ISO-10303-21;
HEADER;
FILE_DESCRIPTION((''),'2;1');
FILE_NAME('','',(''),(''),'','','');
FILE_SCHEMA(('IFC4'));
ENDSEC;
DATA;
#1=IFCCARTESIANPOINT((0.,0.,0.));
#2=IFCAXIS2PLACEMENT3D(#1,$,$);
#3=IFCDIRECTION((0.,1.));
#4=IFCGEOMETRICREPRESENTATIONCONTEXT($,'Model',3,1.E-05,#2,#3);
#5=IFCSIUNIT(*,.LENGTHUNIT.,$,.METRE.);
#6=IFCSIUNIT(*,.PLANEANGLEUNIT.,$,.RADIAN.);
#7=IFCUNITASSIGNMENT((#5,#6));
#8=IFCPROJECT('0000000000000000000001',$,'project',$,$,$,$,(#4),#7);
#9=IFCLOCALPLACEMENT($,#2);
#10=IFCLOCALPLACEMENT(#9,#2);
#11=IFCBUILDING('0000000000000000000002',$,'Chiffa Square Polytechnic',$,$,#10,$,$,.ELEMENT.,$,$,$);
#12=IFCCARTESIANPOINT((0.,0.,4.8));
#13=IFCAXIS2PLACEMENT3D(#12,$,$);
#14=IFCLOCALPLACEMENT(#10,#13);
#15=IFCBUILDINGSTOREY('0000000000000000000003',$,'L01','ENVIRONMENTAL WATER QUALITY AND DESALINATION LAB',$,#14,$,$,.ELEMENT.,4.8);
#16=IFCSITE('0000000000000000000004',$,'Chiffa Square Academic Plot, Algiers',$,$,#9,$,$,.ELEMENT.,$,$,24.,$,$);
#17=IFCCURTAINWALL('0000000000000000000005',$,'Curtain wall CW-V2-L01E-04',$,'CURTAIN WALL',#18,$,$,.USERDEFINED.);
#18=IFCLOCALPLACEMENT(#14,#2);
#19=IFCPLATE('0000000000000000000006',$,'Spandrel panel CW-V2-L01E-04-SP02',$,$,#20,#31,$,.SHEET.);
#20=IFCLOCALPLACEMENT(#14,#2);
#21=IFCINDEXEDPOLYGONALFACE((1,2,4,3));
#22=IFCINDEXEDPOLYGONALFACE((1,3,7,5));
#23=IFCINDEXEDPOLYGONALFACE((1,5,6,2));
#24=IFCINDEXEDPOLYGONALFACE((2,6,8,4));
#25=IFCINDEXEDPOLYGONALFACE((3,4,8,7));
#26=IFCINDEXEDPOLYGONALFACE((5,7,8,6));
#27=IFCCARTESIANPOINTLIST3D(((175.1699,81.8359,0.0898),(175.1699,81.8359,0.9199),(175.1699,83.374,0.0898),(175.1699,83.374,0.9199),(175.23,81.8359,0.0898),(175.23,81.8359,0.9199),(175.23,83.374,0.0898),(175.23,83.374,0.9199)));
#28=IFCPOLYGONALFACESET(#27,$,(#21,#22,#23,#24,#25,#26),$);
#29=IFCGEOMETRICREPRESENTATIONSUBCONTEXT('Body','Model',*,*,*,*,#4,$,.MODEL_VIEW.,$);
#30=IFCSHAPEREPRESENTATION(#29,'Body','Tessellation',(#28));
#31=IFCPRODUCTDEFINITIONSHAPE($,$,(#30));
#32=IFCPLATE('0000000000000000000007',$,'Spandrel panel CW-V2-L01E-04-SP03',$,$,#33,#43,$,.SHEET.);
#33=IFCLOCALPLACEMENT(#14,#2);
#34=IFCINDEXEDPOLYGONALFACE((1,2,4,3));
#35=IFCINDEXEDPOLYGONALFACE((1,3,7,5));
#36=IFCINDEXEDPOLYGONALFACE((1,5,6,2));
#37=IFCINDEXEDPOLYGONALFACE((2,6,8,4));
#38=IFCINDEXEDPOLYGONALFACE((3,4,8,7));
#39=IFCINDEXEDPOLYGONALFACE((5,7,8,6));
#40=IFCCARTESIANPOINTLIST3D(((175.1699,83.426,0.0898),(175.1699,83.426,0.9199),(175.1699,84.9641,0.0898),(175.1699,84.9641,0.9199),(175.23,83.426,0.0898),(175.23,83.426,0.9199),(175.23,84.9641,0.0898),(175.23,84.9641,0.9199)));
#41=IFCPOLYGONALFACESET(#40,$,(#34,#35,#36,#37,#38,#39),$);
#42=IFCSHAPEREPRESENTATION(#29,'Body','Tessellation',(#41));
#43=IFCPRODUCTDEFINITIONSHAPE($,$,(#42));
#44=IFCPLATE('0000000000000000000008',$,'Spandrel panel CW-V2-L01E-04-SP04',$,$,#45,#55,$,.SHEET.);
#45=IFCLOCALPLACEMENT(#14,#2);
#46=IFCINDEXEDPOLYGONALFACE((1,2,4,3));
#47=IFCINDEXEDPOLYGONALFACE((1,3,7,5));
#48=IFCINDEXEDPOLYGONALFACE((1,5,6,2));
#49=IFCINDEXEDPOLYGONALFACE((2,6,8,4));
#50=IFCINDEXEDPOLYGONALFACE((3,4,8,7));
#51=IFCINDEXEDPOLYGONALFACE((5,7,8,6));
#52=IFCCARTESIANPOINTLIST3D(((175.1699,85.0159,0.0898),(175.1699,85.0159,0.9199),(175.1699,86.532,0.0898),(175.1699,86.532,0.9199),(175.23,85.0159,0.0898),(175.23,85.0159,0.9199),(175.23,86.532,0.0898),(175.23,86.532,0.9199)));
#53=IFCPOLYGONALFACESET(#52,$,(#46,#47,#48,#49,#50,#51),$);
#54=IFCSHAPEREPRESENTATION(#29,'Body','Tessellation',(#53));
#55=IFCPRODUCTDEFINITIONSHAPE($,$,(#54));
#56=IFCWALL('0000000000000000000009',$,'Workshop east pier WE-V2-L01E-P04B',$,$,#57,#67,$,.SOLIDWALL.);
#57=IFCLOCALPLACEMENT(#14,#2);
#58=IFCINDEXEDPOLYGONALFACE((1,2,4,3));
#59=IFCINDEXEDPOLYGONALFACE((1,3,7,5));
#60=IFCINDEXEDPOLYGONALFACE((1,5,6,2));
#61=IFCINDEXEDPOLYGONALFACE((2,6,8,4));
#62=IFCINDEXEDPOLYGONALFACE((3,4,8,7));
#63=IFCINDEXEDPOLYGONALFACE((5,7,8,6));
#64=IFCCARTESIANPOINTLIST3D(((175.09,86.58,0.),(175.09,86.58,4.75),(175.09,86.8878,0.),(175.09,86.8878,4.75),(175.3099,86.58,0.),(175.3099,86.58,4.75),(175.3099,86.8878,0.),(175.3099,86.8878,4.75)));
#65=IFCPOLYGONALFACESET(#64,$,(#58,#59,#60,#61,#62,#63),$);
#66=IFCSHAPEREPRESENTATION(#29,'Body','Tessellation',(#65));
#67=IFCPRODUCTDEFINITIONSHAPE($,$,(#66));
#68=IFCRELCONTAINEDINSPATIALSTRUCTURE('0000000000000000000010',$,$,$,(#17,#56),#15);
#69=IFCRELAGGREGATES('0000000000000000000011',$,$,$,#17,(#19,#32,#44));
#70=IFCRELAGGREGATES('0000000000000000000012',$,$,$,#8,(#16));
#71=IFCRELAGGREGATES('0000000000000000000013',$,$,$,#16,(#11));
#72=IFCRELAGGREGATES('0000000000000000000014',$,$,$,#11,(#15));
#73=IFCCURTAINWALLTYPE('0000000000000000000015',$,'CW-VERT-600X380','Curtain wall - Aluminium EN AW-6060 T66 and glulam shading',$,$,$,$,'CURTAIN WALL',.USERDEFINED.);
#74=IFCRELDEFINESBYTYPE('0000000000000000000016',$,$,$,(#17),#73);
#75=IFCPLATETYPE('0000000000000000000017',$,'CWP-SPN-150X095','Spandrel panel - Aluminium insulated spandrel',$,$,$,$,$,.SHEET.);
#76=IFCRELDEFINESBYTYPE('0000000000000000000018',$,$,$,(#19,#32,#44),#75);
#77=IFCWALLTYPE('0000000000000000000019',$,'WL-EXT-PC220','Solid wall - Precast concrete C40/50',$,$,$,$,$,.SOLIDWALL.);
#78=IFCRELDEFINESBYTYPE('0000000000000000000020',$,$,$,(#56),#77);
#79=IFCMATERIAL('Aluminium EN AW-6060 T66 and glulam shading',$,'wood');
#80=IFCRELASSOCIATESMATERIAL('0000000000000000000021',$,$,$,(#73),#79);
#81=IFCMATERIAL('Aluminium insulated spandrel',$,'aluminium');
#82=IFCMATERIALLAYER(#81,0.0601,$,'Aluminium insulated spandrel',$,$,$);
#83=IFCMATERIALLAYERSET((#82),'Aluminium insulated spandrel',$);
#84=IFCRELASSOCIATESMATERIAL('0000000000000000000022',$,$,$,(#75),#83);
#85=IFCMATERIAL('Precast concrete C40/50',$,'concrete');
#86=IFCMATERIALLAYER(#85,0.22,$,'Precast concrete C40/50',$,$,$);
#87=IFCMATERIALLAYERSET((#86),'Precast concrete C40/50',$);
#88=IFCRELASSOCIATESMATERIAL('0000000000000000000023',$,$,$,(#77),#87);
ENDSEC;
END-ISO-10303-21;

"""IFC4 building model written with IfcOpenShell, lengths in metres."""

from ifc_helpers import new_model, si_unit, direction, frame, frame_2d, origin, origin_2d, place, context, subcontext, project, spatial, rectangle, extrude, material, layer, layer_set, type_object, element, aggregate, save


model = new_model("IFC4")

# Units and contexts
model_context = context("Model", 3, precision=1e-05, world=origin(), true_north=direction((0.0, 1.0)))
body_context = subcontext(model_context, "Body", "Model", "MODEL_VIEW")
ifc_project = project(units=[si_unit("LENGTHUNIT", "METRE"), si_unit("PLANEANGLEUNIT", "RADIAN")], contexts=[model_context])

# Site, building, storey
site_placement = place(None, origin())
site = spatial("IfcSite", under=ifc_project, at=site_placement, Name="Chiffa Square Academic Plot, Algiers", CompositionType="ELEMENT", RefElevation=24.0)
building_placement = place(site_placement, origin())
building = spatial("IfcBuilding", under=site, at=building_placement, Name="Chiffa Square Polytechnic", CompositionType="ELEMENT")
storey_placement = place(building_placement, frame((0.0, 0.0, 4.8)))
storey = spatial("IfcBuildingStorey", under=building, at=storey_placement, Name="L01", Description="ENVIRONMENTAL WATER QUALITY AND DESALINATION LAB", CompositionType="ELEMENT", Elevation=4.8)

# Curtain wall
ifc_material_1 = material(Name="Aluminium EN AW-6060 T66 and glulam shading", Category="wood")
curtain_wall_type_1 = type_object("IfcCurtainWallType", Name="CW-VERT-600X380", Description="Curtain wall - Aluminium EN AW-6060 T66 and glulam shading", ElementType="CURTAIN WALL", PredefinedType="USERDEFINED", material=ifc_material_1)
curtain_wall_1_placement = place(storey_placement, origin())
curtain_wall_1 = element("IfcCurtainWall", 1, at=curtain_wall_1_placement, inside=storey, type_object=curtain_wall_type_1, Name="Curtain wall CW-V2-L01E-04", ObjectType="CURTAIN WALL", PredefinedType="USERDEFINED")

# Plates
ifc_material_2 = material(Name="Aluminium insulated spandrel", Category="aluminium")
ifc_layer_1 = layer(ifc_material_2, 0.0601, Name="Aluminium insulated spandrel")
ifc_layer_set_1 = layer_set([ifc_layer_1], Name="Aluminium insulated spandrel")
plate_type_1 = type_object("IfcPlateType", Name="CWP-SPN-150X095", Description="Spandrel panel - Aluminium insulated spandrel", PredefinedType="SHEET", material=ifc_layer_set_1)
plate_1_placement = place(storey_placement, frame((175.2, 82.605, 0.0898), z_axis=(0.0, 0.0, 1.0), x_axis=(0.0, 1.0, 0.0)))
plate_1 = element("IfcPlate", 2, at=plate_1_placement, type_object=plate_type_1, Name="Spandrel panel CW-V2-L01E-04-SP02", PredefinedType="SHEET", context=body_context, shape_type="SweptSolid", body=[
    extrude(rectangle(XDim=1.5381, YDim=0.0601, at=origin_2d()), origin(), (0.0, 0.0, 1.0), 0.8301),
])
plate_2_placement = place(storey_placement, frame((175.2, 84.1951, 0.0898), z_axis=(0.0, 0.0, 1.0), x_axis=(0.0, 1.0, 0.0)))
plate_2 = element("IfcPlate", 3, at=plate_2_placement, type_object=plate_type_1, Name="Spandrel panel CW-V2-L01E-04-SP03", PredefinedType="SHEET", context=body_context, shape_type="SweptSolid", body=[
    extrude(rectangle(XDim=1.5381, YDim=0.0601, at=origin_2d()), origin(), (0.0, 0.0, 1.0), 0.8301),
])
plate_3_placement = place(storey_placement, frame((175.2, 85.7739, 0.0898), z_axis=(0.0, 0.0, 1.0), x_axis=(0.0, 1.0, 0.0)))
plate_3 = element("IfcPlate", 4, at=plate_3_placement, type_object=plate_type_1, Name="Spandrel panel CW-V2-L01E-04-SP04", PredefinedType="SHEET", context=body_context, shape_type="SweptSolid", body=[
    extrude(rectangle(XDim=1.5161, YDim=0.0601, at=origin_2d()), origin(), (0.0, 0.0, 1.0), 0.8301),
])
aggregate(curtain_wall_1, [plate_1, plate_2, plate_3])

# Wall
ifc_material_3 = material(Name="Precast concrete C40/50", Category="concrete")
ifc_layer_2 = layer(ifc_material_3, 0.22, Name="Precast concrete C40/50")
ifc_layer_set_2 = layer_set([ifc_layer_2], Name="Precast concrete C40/50")
wall_type = type_object("IfcWallType", Name="WL-EXT-PC220", Description="Solid wall - Precast concrete C40/50", PredefinedType="SOLIDWALL", material=ifc_layer_set_2)
wall_placement = place(storey_placement, frame((175.2, 86.5801, 0.0), z_axis=(0.0, 0.0, 1.0), x_axis=(0.0, 1.0, 0.0)))
element("IfcWall", 5, at=wall_placement, inside=storey, type_object=wall_type, Name="Workshop east pier WE-V2-L01E-P04B", PredefinedType="SOLIDWALL", context=body_context, shape_type="SweptSolid", body=[
    extrude(rectangle(XDim=0.3079, YDim=0.22, at=frame_2d((0.1538, 0.0))), origin(), (0.0, 0.0, 1.0), 4.75),
])

save(model, "model.ifc")
